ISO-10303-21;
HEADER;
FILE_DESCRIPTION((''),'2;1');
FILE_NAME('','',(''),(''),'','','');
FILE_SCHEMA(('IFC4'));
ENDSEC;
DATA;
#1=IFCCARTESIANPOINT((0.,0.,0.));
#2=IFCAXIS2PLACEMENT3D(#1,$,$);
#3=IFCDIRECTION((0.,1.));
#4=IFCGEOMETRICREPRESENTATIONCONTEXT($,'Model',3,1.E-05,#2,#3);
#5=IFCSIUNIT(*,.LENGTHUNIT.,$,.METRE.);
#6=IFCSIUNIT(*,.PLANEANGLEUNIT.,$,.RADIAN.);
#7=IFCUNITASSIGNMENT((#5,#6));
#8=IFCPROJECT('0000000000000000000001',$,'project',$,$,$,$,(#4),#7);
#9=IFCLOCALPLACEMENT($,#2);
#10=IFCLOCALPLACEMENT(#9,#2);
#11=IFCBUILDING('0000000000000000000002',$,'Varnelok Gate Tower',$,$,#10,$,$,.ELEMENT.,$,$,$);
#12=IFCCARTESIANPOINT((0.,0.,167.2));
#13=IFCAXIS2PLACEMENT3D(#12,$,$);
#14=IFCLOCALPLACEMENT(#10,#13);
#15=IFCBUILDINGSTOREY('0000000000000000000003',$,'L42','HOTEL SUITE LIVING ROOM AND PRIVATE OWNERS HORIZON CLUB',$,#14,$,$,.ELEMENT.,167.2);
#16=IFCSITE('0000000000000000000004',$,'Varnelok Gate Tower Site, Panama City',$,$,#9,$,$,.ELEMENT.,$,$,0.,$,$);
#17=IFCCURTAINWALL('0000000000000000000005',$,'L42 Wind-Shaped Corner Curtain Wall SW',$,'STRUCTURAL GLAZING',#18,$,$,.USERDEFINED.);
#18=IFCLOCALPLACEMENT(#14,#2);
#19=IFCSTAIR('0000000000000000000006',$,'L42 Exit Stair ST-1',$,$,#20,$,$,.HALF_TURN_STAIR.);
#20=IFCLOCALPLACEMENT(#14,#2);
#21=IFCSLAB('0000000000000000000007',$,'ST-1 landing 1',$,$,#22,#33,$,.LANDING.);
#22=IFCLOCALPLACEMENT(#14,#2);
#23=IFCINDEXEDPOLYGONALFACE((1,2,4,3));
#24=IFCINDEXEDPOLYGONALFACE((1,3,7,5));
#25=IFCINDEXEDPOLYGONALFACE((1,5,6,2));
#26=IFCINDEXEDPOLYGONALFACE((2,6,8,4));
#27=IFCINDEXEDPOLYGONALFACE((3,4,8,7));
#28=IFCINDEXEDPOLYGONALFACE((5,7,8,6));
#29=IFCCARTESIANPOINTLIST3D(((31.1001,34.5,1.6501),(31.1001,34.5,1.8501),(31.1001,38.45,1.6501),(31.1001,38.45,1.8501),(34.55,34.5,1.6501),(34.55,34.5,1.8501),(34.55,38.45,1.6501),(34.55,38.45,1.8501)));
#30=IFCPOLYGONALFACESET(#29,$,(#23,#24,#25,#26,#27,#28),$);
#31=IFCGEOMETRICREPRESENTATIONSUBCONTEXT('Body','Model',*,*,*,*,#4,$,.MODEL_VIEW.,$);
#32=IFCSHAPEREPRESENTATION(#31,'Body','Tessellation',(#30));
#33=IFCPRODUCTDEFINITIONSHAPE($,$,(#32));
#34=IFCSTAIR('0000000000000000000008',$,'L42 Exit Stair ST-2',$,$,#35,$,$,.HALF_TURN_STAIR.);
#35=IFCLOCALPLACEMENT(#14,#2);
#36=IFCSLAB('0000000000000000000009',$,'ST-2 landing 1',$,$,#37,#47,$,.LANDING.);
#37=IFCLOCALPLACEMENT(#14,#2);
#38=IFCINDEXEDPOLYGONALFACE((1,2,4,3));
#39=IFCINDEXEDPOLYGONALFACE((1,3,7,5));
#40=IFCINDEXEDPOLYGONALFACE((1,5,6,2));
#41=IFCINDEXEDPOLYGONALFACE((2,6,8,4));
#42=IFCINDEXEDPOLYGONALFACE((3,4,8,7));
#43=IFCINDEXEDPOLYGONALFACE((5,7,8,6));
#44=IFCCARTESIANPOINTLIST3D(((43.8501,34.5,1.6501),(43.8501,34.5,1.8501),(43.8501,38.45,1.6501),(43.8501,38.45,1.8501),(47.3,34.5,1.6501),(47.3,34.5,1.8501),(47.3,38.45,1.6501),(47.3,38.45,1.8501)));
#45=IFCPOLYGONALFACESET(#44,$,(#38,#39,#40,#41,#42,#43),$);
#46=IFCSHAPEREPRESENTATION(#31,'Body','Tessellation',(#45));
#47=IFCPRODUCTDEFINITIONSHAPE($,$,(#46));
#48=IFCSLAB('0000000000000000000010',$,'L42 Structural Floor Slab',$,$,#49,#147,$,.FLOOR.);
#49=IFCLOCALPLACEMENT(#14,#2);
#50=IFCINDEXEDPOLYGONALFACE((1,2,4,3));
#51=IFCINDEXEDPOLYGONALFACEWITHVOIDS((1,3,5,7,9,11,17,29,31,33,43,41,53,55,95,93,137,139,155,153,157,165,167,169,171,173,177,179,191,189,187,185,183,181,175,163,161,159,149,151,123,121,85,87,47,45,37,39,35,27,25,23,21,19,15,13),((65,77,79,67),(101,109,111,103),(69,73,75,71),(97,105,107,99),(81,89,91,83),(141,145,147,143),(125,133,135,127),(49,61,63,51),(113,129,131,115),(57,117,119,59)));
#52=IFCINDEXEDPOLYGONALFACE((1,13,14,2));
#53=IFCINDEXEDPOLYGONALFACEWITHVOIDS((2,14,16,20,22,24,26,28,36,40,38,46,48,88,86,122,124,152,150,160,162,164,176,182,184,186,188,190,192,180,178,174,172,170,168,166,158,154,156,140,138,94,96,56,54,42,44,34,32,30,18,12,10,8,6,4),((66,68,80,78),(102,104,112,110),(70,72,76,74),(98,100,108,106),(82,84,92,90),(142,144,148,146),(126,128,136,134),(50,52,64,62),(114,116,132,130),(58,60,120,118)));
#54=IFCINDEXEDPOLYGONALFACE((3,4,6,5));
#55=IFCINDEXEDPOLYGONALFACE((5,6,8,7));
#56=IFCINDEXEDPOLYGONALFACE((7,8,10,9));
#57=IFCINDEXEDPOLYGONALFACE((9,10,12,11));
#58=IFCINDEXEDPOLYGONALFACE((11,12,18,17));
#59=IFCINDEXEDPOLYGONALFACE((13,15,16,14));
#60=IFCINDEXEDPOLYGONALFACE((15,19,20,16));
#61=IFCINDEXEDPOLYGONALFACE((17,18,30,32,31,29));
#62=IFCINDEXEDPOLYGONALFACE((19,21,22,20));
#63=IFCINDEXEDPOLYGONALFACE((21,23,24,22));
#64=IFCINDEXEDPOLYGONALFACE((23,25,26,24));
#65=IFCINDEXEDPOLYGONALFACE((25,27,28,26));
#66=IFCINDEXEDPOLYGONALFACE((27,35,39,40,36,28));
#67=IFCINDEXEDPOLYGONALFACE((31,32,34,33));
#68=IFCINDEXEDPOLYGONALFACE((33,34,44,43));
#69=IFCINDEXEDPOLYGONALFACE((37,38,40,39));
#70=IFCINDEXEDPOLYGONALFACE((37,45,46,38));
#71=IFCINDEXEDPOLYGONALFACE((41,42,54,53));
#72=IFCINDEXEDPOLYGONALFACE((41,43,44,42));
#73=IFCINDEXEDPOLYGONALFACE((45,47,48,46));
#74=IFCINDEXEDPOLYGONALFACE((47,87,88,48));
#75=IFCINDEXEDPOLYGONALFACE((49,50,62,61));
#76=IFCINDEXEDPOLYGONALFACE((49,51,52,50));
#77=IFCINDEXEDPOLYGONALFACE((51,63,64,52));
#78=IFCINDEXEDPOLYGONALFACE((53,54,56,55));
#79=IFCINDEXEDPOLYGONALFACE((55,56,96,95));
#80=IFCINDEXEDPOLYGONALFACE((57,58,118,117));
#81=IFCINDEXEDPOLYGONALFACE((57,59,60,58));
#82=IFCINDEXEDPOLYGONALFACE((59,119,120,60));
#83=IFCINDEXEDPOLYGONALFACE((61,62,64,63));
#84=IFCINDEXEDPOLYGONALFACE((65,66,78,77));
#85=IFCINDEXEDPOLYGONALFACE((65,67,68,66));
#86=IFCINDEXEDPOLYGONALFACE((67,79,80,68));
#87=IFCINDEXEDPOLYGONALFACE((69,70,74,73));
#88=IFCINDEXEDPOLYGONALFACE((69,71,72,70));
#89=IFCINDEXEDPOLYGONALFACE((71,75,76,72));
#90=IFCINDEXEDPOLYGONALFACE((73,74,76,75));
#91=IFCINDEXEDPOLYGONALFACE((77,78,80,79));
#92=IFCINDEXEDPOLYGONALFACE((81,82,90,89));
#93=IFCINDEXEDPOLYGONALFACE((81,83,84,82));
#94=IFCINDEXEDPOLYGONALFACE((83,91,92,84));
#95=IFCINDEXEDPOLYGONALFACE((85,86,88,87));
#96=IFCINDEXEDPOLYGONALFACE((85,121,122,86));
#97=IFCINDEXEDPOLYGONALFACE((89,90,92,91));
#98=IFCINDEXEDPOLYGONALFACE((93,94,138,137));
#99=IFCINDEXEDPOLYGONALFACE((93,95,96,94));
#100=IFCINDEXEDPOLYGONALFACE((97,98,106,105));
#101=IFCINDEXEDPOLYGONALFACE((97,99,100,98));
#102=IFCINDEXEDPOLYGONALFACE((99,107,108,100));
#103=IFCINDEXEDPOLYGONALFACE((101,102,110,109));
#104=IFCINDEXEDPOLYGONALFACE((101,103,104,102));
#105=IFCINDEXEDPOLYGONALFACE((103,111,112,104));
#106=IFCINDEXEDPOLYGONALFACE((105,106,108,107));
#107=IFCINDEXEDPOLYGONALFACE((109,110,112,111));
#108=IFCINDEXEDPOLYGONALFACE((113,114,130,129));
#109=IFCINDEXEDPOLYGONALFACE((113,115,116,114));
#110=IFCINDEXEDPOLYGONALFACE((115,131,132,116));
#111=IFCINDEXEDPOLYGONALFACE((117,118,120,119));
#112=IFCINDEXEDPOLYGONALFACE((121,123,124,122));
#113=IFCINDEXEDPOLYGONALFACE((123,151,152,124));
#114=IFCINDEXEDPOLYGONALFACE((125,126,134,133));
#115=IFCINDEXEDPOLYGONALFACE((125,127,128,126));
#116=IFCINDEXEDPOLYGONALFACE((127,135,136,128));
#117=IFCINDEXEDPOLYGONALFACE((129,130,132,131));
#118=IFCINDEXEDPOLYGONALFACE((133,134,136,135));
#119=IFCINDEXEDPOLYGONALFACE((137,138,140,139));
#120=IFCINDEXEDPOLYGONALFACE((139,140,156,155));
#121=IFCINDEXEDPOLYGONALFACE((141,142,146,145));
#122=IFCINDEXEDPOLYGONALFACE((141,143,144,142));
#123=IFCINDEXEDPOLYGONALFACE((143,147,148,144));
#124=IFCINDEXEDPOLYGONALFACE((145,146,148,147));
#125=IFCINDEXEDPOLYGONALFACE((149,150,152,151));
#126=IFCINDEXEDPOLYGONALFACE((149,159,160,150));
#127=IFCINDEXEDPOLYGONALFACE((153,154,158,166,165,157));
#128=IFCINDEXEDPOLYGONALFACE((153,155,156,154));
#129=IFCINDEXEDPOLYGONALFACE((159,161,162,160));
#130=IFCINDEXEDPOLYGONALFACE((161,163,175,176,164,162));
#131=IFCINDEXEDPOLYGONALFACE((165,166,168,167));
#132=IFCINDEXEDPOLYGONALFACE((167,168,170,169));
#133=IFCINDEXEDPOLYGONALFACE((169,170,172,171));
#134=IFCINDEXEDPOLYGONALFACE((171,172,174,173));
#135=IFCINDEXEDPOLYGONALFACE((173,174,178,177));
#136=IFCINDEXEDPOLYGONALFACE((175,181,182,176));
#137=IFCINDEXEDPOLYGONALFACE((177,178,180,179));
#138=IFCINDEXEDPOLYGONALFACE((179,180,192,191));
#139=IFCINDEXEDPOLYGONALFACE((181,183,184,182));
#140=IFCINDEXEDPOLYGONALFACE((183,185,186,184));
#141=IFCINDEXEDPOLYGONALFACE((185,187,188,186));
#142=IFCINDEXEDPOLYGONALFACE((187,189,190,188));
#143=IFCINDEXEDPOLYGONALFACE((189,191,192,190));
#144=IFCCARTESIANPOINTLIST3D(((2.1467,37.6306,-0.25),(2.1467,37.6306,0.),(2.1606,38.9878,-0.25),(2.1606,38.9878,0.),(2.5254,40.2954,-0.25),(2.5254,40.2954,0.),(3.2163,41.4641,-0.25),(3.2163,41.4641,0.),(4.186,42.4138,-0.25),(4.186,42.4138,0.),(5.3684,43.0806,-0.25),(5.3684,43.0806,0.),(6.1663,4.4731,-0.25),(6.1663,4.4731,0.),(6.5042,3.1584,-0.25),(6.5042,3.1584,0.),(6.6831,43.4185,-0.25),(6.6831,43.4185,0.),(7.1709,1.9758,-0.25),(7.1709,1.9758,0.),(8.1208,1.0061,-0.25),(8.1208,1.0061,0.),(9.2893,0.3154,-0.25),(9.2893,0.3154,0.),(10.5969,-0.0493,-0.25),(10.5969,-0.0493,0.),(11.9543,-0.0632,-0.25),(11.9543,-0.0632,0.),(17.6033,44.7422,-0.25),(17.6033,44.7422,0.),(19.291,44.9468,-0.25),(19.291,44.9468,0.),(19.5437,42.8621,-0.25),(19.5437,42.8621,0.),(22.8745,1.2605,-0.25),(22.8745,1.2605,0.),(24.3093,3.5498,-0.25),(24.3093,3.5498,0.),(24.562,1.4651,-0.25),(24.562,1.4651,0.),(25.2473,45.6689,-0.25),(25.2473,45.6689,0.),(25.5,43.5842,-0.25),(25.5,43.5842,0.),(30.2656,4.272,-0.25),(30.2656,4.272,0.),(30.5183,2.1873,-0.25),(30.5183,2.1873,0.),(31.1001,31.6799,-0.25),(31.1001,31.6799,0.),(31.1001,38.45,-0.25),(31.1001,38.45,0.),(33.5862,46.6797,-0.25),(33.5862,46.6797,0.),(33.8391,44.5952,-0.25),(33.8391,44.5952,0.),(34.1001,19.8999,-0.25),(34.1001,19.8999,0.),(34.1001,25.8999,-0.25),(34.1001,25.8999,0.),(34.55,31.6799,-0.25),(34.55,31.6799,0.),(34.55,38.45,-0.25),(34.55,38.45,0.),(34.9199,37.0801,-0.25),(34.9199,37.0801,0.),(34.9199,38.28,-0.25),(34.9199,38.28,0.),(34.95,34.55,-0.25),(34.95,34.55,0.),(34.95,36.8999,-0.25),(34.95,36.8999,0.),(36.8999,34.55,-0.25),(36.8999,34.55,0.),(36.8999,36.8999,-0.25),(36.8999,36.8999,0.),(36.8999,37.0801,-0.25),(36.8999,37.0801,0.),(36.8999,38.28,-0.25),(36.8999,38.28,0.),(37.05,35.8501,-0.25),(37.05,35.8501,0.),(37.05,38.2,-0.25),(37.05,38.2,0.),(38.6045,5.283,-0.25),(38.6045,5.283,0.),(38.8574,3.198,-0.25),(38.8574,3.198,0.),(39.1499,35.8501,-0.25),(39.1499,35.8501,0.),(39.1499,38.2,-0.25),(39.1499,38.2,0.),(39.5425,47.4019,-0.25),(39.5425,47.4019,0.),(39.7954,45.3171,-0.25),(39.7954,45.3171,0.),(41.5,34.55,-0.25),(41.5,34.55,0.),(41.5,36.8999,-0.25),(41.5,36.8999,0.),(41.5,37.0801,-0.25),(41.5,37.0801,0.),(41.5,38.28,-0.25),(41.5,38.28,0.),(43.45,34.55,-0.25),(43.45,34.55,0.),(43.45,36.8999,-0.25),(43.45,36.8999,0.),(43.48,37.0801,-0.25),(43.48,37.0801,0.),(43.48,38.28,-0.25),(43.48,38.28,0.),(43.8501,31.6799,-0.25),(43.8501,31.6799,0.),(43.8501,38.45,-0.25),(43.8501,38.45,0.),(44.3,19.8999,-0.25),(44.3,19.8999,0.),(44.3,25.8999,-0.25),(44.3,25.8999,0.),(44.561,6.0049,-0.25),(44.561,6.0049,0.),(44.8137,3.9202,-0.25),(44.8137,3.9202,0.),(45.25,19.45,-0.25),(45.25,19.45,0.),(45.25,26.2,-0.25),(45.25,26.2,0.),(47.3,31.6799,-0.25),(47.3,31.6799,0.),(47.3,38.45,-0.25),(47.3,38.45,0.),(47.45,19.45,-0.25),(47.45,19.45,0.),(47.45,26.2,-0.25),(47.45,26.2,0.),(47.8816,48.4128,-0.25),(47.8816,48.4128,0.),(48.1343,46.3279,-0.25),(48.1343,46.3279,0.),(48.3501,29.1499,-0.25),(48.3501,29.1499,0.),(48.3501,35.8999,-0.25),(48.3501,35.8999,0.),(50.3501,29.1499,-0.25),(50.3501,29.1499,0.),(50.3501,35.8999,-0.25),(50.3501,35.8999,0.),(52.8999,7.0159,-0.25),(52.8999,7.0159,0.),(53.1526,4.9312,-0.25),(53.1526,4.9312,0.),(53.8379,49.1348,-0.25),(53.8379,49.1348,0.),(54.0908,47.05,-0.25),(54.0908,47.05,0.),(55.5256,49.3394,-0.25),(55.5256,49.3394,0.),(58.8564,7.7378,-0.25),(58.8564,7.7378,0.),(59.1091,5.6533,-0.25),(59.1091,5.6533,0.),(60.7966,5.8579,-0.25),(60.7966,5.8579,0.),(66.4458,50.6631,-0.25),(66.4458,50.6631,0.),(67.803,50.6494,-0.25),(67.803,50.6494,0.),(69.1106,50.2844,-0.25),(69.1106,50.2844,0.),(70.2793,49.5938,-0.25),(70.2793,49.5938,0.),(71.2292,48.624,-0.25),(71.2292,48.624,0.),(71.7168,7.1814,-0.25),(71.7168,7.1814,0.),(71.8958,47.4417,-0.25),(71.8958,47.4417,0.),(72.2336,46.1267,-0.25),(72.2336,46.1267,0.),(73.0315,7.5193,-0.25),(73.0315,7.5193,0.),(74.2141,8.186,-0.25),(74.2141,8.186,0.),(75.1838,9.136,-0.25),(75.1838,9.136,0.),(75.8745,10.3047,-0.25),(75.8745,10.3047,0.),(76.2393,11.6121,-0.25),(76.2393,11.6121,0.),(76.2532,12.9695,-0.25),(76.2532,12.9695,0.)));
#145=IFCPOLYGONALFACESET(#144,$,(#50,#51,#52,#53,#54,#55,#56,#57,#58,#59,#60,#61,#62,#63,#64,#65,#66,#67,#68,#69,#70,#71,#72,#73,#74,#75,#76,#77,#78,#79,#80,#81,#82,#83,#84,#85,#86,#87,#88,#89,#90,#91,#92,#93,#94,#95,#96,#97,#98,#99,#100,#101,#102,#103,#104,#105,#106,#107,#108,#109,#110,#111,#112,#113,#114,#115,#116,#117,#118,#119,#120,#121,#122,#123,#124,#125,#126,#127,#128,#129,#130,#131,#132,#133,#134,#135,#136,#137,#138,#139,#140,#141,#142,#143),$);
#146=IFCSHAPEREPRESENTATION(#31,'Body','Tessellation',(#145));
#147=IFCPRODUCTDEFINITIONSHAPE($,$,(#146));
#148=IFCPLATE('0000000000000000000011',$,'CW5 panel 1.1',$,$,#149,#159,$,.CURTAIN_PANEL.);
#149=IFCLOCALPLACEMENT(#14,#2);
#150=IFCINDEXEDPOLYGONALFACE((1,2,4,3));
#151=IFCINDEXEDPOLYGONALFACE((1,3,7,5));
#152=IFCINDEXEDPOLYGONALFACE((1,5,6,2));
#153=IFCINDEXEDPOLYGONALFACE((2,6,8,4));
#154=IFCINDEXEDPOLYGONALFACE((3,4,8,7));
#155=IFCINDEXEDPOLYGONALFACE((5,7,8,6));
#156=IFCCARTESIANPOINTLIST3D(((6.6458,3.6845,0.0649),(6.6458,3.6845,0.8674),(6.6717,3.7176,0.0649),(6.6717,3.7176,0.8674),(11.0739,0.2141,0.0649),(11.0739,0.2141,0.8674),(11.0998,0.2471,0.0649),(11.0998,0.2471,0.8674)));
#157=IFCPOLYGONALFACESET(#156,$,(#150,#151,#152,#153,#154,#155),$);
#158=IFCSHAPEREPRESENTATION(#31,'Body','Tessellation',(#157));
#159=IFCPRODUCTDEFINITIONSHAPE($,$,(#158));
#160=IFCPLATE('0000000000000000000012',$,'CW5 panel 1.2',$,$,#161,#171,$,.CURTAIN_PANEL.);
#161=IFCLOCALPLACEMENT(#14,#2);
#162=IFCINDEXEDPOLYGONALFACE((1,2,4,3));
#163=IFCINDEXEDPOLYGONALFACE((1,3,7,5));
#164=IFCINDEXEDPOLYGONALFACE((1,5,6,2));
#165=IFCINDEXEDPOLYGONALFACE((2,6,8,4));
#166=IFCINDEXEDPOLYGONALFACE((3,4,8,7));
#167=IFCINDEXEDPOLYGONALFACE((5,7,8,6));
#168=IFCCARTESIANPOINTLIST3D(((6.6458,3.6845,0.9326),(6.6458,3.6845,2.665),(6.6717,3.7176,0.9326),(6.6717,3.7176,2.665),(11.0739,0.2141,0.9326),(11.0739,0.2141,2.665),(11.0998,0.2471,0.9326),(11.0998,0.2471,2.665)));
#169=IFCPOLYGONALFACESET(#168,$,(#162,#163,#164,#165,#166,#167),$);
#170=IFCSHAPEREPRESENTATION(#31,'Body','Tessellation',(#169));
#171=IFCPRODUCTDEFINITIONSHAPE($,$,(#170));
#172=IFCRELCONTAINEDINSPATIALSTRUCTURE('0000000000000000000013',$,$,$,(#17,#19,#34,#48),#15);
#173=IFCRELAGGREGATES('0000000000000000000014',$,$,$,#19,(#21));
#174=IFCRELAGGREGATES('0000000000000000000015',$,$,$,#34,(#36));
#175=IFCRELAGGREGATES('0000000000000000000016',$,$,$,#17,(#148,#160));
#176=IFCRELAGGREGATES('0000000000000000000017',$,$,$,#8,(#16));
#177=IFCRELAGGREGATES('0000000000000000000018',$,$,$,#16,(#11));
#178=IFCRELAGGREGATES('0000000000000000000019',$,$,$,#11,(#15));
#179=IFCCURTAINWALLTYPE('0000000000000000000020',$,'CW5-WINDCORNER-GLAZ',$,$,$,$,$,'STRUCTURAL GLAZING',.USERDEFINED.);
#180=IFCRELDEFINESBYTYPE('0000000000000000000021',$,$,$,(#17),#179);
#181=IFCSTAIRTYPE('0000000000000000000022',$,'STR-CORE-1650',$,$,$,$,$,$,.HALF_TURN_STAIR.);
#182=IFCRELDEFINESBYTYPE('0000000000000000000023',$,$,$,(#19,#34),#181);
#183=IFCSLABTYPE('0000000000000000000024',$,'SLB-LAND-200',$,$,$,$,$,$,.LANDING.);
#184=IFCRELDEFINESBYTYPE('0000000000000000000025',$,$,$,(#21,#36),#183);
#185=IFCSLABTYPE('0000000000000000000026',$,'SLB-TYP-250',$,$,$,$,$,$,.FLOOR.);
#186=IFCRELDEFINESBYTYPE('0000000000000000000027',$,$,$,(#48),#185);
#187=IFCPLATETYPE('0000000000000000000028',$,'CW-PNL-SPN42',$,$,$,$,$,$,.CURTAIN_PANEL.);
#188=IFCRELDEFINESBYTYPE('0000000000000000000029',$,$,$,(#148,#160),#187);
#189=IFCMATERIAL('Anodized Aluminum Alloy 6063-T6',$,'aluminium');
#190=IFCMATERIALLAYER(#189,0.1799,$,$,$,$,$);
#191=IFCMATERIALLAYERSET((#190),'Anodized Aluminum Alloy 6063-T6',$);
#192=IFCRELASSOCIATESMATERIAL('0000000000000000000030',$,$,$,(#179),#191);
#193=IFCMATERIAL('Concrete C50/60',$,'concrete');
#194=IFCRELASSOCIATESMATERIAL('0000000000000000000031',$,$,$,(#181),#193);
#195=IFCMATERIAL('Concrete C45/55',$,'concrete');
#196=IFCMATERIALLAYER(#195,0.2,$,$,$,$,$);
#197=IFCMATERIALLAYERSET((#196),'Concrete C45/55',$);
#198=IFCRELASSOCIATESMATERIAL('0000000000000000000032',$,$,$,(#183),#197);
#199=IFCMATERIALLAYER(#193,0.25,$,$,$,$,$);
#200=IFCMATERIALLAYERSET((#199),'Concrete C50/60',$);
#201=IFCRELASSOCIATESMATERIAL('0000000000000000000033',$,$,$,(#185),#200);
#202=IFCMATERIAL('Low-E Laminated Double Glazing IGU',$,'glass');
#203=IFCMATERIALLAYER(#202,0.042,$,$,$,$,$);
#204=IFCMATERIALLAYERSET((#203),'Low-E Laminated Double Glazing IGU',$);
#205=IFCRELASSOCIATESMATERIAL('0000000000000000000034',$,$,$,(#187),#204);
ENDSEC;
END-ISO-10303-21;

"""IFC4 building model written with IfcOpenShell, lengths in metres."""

from ifc_helpers import new_model, si_unit, direction, frame, origin, origin_2d, place, context, subcontext, project, spatial, polyline, rectangle, outline, extrude, source, transform, mapped, material, layer, layer_set, type_object, element, aggregate, save


model = new_model("IFC4")

# Units and contexts
model_context = context("Model", 3, precision=1e-05, world=origin(), true_north=direction((0.0, 1.0)))
body_context = subcontext(model_context, "Body", "Model", "MODEL_VIEW")
ifc_project = project(units=[si_unit("LENGTHUNIT", "METRE"), si_unit("PLANEANGLEUNIT", "RADIAN")], contexts=[model_context])

# Site, building, storey
site_placement = place(None, origin())
site = spatial("IfcSite", under=ifc_project, at=site_placement, Name="Varnelok Gate Tower Site, Panama City", CompositionType="ELEMENT", RefElevation=0.0)
building_placement = place(site_placement, origin())
building = spatial("IfcBuilding", under=site, at=building_placement, Name="Varnelok Gate Tower", CompositionType="ELEMENT")
storey_placement = place(building_placement, frame((0.0, 0.0, 167.2)))
storey = spatial("IfcBuildingStorey", under=building, at=storey_placement, Name="L42", Description="HOTEL SUITE LIVING ROOM AND PRIVATE OWNERS HORIZON CLUB", CompositionType="ELEMENT", Elevation=167.2)

# Curtain wall
ifc_material_1 = material(Name="Anodized Aluminum Alloy 6063-T6", Category="aluminium")
ifc_layer_1 = layer(ifc_material_1, 0.1799)
ifc_layer_set_1 = layer_set([ifc_layer_1], Name="Anodized Aluminum Alloy 6063-T6")
curtain_wall_type = type_object("IfcCurtainWallType", Name="CW5-WINDCORNER-GLAZ", ElementType="STRUCTURAL GLAZING", PredefinedType="USERDEFINED", material=ifc_layer_set_1)
curtain_wall_placement = place(storey_placement, origin())
curtain_wall = element("IfcCurtainWall", 1, at=curtain_wall_placement, inside=storey, type_object=curtain_wall_type, Name="L42 Wind-Shaped Corner Curtain Wall SW", ObjectType="STRUCTURAL GLAZING", PredefinedType="USERDEFINED")

# Shared definitions
ifc_material_2 = material(Name="Concrete C45/55", Category="concrete")

# Stairs, slabs
ifc_material_3 = material(Name="Concrete C50/60", Category="concrete")
stair_type = type_object("IfcStairType", Name="STR-CORE-1650", PredefinedType="HALF_TURN_STAIR", material=ifc_material_3)
stair_1_placement = place(storey_placement, origin())
stair_1 = element("IfcStair", 2, at=stair_1_placement, inside=storey, type_object=stair_type, Name="L42 Exit Stair ST-1", PredefinedType="HALF_TURN_STAIR")
ifc_layer_2 = layer(ifc_material_2, 0.2)
ifc_layer_set_2 = layer_set([ifc_layer_2], Name="Concrete C45/55")
slab_type_1 = type_object("IfcSlabType", Name="SLB-LAND-200", PredefinedType="LANDING", material=ifc_layer_set_2)
slab_1_placement = place(storey_placement, frame((0.0, 0.0, 1.6501)))
slab_1 = element("IfcSlab", 3, at=slab_1_placement, type_object=slab_type_1, Name="ST-1 landing 1", PredefinedType="LANDING", context=body_context, shape_type="SweptSolid", body=[
    extrude(outline(polyline([(34.55, 34.5), (34.55, 38.45), (31.1001, 38.45), (31.1001, 34.5), (34.55, 34.5)])), origin(), (0.0, 0.0, 1.0), 0.2),
])
aggregate(stair_1, [slab_1])
stair_2_placement = place(storey_placement, origin())
stair_2 = element("IfcStair", 4, at=stair_2_placement, inside=storey, type_object=stair_type, Name="L42 Exit Stair ST-2", PredefinedType="HALF_TURN_STAIR")
slab_2_placement = place(storey_placement, frame((0.0, 0.0, 1.6501)))
slab_2 = element("IfcSlab", 5, at=slab_2_placement, type_object=slab_type_1, Name="ST-2 landing 1", PredefinedType="LANDING", context=body_context, shape_type="SweptSolid", body=[
    extrude(outline(polyline([(47.3, 34.5), (47.3, 38.45), (43.8501, 38.45), (43.8501, 34.5), (47.3, 34.5)])), origin(), (0.0, 0.0, 1.0), 0.2),
])
aggregate(stair_2, [slab_2])

# Slab
ifc_layer_3 = layer(ifc_material_3, 0.25)
ifc_layer_set_3 = layer_set([ifc_layer_3], Name="Concrete C50/60")
slab_type_2 = type_object("IfcSlabType", Name="SLB-TYP-250", PredefinedType="FLOOR", material=ifc_layer_set_3)
slab_3_placement = place(storey_placement, frame((0.0, 0.0, -0.25)))
element("IfcSlab", 6, at=slab_3_placement, inside=storey, type_object=slab_type_2, Name="L42 Structural Floor Slab", PredefinedType="FLOOR", context=body_context, shape_type="SweptSolid", body=[
    extrude(outline(polyline([(6.1663, 4.4731), (6.5042, 3.1584), (7.1709, 1.9758), (8.1208, 1.0061), (9.2893, 0.3154), (10.5969, -0.0493), (11.9543, -0.0632), (22.8745, 1.2605), (24.562, 1.4651), (24.3093, 3.5498), (30.2656, 4.272), (30.5183, 2.1873), (38.8574, 3.198), (38.6045, 5.283), (44.561, 6.0049), (44.8137, 3.9202), (53.1526, 4.9312), (52.8999, 7.0159), (58.8564, 7.7378), (59.1091, 5.6533), (60.7966, 5.8579), (71.7168, 7.1814), (73.0315, 7.5193), (74.2141, 8.186), (75.1838, 9.136), (75.8745, 10.3047), (76.2393, 11.6121), (76.2532, 12.9695), (72.2336, 46.1267), (71.8958, 47.4417), (71.2292, 48.624), (70.2793, 49.5938), (69.1106, 50.2844), (67.803, 50.6494), (66.4458, 50.6631), (55.5256, 49.3394), (53.8379, 49.1348), (54.0908, 47.05), (48.1343, 46.3279), (47.8816, 48.4128), (39.5425, 47.4019), (39.7954, 45.3171), (33.8391, 44.5952), (33.5862, 46.6797), (25.2473, 45.6689), (25.5, 43.5842), (19.5437, 42.8621), (19.291, 44.9468), (17.6033, 44.7422), (6.6831, 43.4185), (5.3684, 43.0806), (4.186, 42.4138), (3.2163, 41.4641), (2.5254, 40.2954), (2.1606, 38.9878), (2.1467, 37.6306), (6.1663, 4.4731)]), holes=[polyline([(34.55, 31.6799), (34.55, 38.45), (31.1001, 38.45), (31.1001, 31.6799), (34.55, 31.6799)]), polyline([(47.3, 31.6799), (47.3, 38.45), (43.8501, 38.45), (43.8501, 31.6799), (47.3, 31.6799)]), polyline([(34.95, 34.55), (36.8999, 34.55), (36.8999, 36.8999), (34.95, 36.8999), (34.95, 34.55)]), polyline([(41.5, 34.55), (43.45, 34.55), (43.45, 36.8999), (41.5, 36.8999), (41.5, 34.55)]), polyline([(37.05, 35.8501), (39.1499, 35.8501), (39.1499, 38.2), (37.05, 38.2), (37.05, 35.8501)]), polyline([(48.3501, 29.1499), (50.3501, 29.1499), (50.3501, 35.8999), (48.3501, 35.8999), (48.3501, 29.1499)]), polyline([(45.25, 19.45), (47.45, 19.45), (47.45, 26.2), (45.25, 26.2), (45.25, 19.45)]), polyline([(34.9199, 37.0801), (36.8999, 37.0801), (36.8999, 38.28), (34.9199, 38.28), (34.9199, 37.0801)]), polyline([(41.5, 37.0801), (43.48, 37.0801), (43.48, 38.28), (41.5, 38.28), (41.5, 37.0801)]), polyline([(34.1001, 19.8999), (44.3, 19.8999), (44.3, 25.8999), (34.1001, 25.8999), (34.1001, 19.8999)])]), origin(), (0.0, 0.0, 1.0), 0.25),
])

# Plates
ifc_material_4 = material(Name="Low-E Laminated Double Glazing IGU", Category="glass")
ifc_layer_4 = layer(ifc_material_4, 0.042)
ifc_layer_set_4 = layer_set([ifc_layer_4], Name="Low-E Laminated Double Glazing IGU")
plate_type = type_object("IfcPlateType", Name="CW-PNL-SPN42", PredefinedType="CURTAIN_PANEL", material=ifc_layer_set_4)
shared_shape_1 = source(origin(), body_context, "Body", "SweptSolid", [
    extrude(rectangle(XDim=5.626, YDim=0.042, at=origin_2d()), origin(), (0.0, 0.0, 1.0), 0.8025),
])
plate_1_placement = place(storey_placement, frame((8.8728, 1.9658, 0.0649), z_axis=(0.0, 0.0, 1.0), x_axis=(0.787071, -0.616863, 0.0)))
plate_1 = element("IfcPlate", 7, at=plate_1_placement, type_object=plate_type, Name="CW5 panel 1.1", PredefinedType="CURTAIN_PANEL", context=body_context, shape_type="MappedRepresentation", body=[
    mapped(shared_shape_1, transform((0.0, 0.0, 0.0), scale=1.0)),
])
shared_shape_2 = source(origin(), body_context, "Body", "SweptSolid", [
    extrude(rectangle(XDim=5.626, YDim=0.042, at=origin_2d()), origin(), (0.0, 0.0, 1.0), 1.7324),
])
plate_2_placement = place(storey_placement, frame((8.8728, 1.9658, 0.9326), z_axis=(0.0, 0.0, 1.0), x_axis=(0.787071, -0.616863, 0.0)))
plate_2 = element("IfcPlate", 8, at=plate_2_placement, type_object=plate_type, Name="CW5 panel 1.2", PredefinedType="CURTAIN_PANEL", context=body_context, shape_type="MappedRepresentation", body=[
    mapped(shared_shape_2, transform((0.0, 0.0, 0.0), scale=1.0)),
])
aggregate(curtain_wall, [plate_1, plate_2])

save(model, "model.ifc")
